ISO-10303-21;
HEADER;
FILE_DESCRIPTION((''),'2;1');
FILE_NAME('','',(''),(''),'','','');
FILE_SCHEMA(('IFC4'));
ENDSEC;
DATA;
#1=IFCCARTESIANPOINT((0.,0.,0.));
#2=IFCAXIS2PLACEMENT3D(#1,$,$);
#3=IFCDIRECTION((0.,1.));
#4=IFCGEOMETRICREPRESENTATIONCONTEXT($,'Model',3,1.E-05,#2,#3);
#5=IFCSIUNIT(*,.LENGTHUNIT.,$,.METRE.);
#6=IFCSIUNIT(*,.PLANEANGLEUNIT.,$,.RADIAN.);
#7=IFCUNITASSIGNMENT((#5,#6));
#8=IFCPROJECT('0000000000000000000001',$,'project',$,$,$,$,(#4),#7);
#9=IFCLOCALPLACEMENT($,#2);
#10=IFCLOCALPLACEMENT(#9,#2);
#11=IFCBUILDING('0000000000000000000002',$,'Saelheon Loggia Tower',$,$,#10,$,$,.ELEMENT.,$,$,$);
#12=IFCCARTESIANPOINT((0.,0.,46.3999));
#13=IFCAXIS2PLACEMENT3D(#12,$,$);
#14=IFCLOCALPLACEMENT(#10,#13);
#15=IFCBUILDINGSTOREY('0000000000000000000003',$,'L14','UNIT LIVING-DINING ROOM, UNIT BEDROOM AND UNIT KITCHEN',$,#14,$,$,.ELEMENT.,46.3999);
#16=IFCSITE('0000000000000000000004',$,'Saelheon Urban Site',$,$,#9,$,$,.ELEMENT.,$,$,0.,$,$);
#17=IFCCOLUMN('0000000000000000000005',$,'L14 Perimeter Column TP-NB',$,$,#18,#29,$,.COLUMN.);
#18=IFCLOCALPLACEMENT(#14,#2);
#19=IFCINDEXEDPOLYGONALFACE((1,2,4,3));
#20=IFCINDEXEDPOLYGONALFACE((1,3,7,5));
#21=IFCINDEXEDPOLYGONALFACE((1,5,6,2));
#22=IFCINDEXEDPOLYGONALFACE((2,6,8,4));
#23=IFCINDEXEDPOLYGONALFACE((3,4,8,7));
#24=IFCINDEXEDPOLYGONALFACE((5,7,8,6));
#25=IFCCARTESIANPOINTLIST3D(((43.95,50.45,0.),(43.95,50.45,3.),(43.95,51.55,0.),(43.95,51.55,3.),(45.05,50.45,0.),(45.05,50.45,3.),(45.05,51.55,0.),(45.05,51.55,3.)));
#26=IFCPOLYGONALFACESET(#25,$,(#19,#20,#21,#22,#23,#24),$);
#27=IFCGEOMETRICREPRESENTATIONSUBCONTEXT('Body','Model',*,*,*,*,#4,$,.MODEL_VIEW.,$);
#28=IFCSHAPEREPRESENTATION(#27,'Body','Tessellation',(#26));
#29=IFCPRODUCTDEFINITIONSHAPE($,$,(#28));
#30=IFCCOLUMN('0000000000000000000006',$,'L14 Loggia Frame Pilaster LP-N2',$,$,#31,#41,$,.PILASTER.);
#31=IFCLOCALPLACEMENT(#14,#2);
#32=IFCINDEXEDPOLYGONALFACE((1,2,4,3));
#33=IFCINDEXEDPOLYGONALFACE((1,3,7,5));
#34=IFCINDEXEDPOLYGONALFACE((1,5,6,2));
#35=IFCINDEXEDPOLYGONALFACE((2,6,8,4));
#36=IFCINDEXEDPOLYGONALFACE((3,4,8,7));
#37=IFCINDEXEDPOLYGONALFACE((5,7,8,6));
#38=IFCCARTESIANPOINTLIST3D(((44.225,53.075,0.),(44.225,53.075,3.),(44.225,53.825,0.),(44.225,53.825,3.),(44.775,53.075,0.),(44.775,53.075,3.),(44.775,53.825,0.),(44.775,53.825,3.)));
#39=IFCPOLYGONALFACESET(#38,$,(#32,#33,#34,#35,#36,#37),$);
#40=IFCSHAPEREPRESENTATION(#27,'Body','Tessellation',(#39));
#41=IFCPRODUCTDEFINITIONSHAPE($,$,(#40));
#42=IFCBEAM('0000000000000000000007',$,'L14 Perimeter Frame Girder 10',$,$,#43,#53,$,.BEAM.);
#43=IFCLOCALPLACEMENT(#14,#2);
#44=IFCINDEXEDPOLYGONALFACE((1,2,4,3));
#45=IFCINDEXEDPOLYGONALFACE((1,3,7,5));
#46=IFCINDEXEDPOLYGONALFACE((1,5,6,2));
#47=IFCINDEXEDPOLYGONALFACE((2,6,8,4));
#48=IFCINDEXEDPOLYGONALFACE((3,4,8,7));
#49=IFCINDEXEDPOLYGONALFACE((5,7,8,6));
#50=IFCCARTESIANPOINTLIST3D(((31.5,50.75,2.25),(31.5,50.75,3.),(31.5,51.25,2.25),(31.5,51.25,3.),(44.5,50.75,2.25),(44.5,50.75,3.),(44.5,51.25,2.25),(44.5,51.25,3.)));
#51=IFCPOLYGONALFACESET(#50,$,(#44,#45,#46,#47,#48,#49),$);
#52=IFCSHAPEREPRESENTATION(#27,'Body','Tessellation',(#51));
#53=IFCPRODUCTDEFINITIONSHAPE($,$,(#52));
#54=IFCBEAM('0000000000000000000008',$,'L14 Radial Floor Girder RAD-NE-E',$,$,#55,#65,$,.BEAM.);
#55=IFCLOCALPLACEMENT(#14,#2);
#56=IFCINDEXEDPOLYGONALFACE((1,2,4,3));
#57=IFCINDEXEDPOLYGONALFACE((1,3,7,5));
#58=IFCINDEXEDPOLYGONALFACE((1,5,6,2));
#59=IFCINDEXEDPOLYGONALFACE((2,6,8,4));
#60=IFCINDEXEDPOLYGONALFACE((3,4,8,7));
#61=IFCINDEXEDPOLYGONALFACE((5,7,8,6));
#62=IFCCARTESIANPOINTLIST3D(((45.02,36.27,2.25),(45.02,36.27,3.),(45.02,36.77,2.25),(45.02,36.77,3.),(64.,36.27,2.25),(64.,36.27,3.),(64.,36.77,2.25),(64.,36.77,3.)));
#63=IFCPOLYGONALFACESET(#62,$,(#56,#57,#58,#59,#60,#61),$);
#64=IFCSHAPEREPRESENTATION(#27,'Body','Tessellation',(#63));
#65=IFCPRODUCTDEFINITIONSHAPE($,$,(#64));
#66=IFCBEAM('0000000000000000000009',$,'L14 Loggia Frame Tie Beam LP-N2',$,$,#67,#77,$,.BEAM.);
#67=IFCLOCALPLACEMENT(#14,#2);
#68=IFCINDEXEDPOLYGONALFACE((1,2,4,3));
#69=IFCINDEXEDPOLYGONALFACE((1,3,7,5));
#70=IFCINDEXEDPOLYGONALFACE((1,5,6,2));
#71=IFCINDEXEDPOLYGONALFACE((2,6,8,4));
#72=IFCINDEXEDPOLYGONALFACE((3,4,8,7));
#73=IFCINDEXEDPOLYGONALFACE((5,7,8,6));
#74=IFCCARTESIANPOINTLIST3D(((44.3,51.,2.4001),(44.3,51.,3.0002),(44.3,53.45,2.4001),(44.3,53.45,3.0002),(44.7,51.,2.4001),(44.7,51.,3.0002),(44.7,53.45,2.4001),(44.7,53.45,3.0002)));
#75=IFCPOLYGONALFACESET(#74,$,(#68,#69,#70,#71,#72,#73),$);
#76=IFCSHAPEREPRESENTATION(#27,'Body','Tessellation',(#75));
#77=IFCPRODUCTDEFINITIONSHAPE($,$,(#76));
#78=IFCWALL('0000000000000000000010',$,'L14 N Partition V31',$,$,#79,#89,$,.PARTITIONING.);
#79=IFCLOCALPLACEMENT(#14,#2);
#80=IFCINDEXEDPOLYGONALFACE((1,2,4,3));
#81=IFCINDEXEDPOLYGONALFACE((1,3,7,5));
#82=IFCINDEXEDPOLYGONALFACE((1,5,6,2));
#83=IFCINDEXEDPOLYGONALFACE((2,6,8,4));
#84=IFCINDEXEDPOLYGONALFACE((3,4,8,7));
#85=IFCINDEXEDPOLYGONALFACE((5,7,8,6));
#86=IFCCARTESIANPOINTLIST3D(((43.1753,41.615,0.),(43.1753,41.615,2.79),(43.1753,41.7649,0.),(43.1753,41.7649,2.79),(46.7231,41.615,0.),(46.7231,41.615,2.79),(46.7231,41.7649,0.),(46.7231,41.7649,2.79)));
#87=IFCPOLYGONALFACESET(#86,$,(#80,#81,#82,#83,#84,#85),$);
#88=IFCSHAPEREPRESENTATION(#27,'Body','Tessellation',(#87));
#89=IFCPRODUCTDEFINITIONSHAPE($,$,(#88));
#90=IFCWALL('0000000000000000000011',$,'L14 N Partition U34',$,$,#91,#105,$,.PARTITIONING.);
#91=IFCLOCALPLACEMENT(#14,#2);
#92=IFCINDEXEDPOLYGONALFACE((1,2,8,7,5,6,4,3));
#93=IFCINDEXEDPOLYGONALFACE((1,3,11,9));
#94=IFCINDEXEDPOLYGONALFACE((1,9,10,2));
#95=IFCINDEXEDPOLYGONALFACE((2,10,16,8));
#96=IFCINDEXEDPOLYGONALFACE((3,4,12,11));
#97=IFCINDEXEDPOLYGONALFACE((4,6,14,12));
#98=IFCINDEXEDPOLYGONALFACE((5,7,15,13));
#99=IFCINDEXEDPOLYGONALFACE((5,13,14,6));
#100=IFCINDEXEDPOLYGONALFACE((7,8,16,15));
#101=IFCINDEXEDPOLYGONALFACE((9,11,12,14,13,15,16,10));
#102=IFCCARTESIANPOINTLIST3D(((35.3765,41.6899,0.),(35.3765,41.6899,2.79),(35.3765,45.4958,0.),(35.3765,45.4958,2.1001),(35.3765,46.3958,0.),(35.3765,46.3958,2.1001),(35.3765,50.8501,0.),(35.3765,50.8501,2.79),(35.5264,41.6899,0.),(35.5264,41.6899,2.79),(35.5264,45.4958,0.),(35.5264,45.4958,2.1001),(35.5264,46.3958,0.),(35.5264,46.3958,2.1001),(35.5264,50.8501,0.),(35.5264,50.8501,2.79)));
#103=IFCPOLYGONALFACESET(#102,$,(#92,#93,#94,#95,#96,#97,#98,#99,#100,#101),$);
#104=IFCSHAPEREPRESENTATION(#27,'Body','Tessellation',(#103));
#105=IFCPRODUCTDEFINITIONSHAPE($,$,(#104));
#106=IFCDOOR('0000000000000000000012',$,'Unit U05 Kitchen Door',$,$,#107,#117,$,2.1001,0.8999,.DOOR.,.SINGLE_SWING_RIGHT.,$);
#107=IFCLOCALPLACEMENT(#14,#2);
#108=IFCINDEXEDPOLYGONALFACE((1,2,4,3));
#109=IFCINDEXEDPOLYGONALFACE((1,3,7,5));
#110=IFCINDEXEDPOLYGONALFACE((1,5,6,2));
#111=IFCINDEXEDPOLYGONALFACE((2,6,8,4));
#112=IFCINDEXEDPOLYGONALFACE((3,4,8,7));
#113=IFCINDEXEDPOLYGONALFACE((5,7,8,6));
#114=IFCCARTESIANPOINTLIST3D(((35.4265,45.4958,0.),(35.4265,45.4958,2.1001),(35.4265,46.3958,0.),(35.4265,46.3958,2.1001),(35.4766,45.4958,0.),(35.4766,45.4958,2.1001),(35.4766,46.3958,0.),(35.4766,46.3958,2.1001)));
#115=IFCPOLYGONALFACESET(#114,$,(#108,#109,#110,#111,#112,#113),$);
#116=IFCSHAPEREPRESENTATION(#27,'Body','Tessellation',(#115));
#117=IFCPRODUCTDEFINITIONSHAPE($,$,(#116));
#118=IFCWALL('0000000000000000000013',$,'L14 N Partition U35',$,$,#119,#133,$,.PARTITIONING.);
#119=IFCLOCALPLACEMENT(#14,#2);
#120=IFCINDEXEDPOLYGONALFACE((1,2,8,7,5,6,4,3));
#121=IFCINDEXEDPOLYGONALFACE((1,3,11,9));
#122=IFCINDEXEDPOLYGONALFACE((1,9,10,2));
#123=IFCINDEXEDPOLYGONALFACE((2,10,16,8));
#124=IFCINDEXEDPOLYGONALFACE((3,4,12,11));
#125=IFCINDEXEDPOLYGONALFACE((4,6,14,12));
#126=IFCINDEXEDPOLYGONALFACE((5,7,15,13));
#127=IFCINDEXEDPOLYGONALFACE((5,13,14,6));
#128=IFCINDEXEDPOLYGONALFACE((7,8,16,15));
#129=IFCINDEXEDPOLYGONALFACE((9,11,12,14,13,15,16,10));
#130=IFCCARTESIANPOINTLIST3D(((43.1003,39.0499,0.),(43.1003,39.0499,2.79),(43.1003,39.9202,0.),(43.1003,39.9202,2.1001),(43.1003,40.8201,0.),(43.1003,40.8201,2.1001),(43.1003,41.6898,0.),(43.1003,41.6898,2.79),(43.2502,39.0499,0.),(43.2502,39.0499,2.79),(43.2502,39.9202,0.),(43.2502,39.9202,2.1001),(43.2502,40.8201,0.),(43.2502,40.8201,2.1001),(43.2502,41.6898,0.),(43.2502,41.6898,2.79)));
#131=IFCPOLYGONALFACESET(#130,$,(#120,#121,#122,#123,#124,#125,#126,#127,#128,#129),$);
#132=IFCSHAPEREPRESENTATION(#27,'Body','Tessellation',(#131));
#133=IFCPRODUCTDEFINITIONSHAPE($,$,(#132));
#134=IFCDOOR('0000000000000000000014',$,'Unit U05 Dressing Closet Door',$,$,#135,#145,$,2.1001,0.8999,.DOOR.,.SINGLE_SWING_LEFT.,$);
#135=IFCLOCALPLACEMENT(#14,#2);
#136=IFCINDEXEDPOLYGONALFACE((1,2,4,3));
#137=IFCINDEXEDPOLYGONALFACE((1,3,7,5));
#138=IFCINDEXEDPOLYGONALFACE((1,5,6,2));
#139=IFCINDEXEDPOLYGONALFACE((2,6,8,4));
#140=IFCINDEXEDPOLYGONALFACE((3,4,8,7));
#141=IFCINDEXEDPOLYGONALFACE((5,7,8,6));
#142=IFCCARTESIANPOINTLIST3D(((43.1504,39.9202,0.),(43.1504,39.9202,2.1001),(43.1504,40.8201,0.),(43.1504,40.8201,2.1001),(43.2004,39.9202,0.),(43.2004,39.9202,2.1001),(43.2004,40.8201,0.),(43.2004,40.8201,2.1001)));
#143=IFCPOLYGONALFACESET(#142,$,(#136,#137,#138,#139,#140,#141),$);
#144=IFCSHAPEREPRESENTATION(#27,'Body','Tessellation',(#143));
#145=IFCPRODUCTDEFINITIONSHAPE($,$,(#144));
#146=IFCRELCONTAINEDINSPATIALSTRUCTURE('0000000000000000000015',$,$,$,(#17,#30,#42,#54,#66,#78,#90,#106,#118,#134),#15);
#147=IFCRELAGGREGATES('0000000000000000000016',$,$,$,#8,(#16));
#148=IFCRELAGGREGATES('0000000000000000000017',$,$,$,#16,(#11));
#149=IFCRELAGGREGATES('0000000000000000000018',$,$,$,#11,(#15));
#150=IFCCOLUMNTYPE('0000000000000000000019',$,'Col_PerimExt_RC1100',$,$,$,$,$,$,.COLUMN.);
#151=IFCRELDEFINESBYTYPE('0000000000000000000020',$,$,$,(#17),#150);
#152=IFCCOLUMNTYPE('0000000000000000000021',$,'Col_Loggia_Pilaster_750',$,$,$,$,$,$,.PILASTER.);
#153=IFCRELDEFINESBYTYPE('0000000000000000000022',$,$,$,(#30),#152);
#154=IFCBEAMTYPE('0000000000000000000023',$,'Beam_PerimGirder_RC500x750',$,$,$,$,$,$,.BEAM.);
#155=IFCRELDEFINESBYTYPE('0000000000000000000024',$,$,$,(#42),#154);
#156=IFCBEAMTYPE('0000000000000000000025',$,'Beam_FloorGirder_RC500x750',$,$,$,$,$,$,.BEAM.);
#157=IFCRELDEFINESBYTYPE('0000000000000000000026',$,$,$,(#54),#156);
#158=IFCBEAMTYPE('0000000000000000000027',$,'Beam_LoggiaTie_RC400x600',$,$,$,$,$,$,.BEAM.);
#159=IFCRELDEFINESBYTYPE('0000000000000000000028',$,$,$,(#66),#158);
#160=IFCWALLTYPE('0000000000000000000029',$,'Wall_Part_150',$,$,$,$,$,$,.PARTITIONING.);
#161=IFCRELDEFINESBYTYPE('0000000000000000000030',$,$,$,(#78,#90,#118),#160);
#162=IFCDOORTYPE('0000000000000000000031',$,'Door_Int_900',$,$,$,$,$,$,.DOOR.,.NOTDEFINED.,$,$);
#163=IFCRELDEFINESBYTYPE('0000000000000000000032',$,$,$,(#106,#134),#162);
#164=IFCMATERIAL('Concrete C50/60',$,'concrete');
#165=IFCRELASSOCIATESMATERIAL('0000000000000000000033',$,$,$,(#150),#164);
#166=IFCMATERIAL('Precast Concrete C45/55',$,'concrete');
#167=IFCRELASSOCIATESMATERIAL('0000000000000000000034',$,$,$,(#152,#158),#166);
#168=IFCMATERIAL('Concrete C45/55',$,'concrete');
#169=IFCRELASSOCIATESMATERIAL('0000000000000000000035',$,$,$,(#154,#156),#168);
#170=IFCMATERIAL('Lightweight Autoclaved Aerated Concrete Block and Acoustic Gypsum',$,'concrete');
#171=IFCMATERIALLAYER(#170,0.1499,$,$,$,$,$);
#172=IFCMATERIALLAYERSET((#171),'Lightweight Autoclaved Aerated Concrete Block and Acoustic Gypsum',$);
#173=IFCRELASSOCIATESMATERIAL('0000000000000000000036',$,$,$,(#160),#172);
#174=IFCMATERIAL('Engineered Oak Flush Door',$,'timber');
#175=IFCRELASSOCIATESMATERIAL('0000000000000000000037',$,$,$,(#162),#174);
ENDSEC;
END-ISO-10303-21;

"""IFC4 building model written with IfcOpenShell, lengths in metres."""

from ifc_helpers import new_model, si_unit, direction, frame, frame_2d, origin, origin_2d, place, context, subcontext, project, spatial, rectangle, extrude, source, transform, mapped, material, layer, layer_set, material_profile, profile_set, type_object, element, fill, save


model = new_model("IFC4")

# Units and contexts
model_context = context("Model", 3, precision=1e-05, world=origin(), true_north=direction((0.0, 1.0)))
body_context = subcontext(model_context, "Body", "Model", "MODEL_VIEW")
ifc_project = project(units=[si_unit("LENGTHUNIT", "METRE"), si_unit("PLANEANGLEUNIT", "RADIAN")], contexts=[model_context])

# Site, building, storey
site_placement = place(None, origin())
site = spatial("IfcSite", under=ifc_project, at=site_placement, Name="Saelheon Urban Site", CompositionType="ELEMENT", RefElevation=0.0)
building_placement = place(site_placement, origin())
building = spatial("IfcBuilding", under=site, at=building_placement, Name="Saelheon Loggia Tower", CompositionType="ELEMENT")
storey_placement = place(building_placement, frame((0.0, 0.0, 46.3999)))
storey = spatial("IfcBuildingStorey", under=building, at=storey_placement, Name="L14", Description="UNIT LIVING-DINING ROOM, UNIT BEDROOM AND UNIT KITCHEN", CompositionType="ELEMENT", Elevation=46.3999)

# Columns
ifc_material_1 = material(Name="Concrete C50/60", Category="concrete")
ifc_material_profile_1 = material_profile(ifc_material_1, rectangle(XDim=1.1001, YDim=1.1001, at=origin_2d()), Name="RC-1100x1100")
ifc_profile_set_1 = profile_set([ifc_material_profile_1], Name="Concrete C50/60")
column_type_1 = type_object("IfcColumnType", Name="Col_PerimExt_RC1100", PredefinedType="COLUMN", material=ifc_profile_set_1)
shared_shape_1 = source(origin(), body_context, "Body", "SweptSolid", [
    extrude(rectangle(XDim=1.1001, YDim=1.1001, at=origin_2d()), origin(), (0.0, 0.0, 1.0), 3.0),
])
column_1_placement = place(storey_placement, frame((44.5, 51.0, 0.0), z_axis=(0.0, 0.0, 1.0), x_axis=(1.0, 0.0, 0.0)))
element("IfcColumn", 1, at=column_1_placement, inside=storey, type_object=column_type_1, Name="L14 Perimeter Column TP-NB", PredefinedType="COLUMN", context=body_context, shape_type="MappedRepresentation", body=[
    mapped(shared_shape_1, transform((0.0, 0.0, 0.0), scale=1.0)),
])
ifc_material_2 = material(Name="Precast Concrete C45/55", Category="concrete")
ifc_material_profile_2 = material_profile(ifc_material_2, rectangle(XDim=0.55, YDim=0.75, at=origin_2d()), Name="RC-550x750")
ifc_profile_set_2 = profile_set([ifc_material_profile_2], Name="Precast Concrete C45/55")
column_type_2 = type_object("IfcColumnType", Name="Col_Loggia_Pilaster_750", PredefinedType="PILASTER", material=ifc_profile_set_2)
shared_shape_2 = source(origin(), body_context, "Body", "SweptSolid", [
    extrude(rectangle(XDim=0.55, YDim=0.75, at=origin_2d()), origin(), (0.0, 0.0, 1.0), 3.0),
])
column_2_placement = place(storey_placement, frame((44.5, 53.45, 0.0), z_axis=(0.0, 0.0, 1.0), x_axis=(1.0, 0.0, 0.0)))
element("IfcColumn", 2, at=column_2_placement, inside=storey, type_object=column_type_2, Name="L14 Loggia Frame Pilaster LP-N2", PredefinedType="PILASTER", context=body_context, shape_type="MappedRepresentation", body=[
    mapped(shared_shape_2, transform((0.0, 0.0, 0.0), scale=1.0)),
])

# Beams
ifc_material_3 = material(Name="Concrete C45/55", Category="concrete")
ifc_material_profile_3 = material_profile(ifc_material_3, rectangle(XDim=0.5, YDim=0.75, at=origin_2d()), Name="RC-500x750")
ifc_profile_set_3 = profile_set([ifc_material_profile_3], Name="Concrete C45/55")
beam_type_1 = type_object("IfcBeamType", Name="Beam_PerimGirder_RC500x750", PredefinedType="BEAM", material=ifc_profile_set_3)
shared_shape_3 = source(origin(), body_context, "Body", "SweptSolid", [
    extrude(rectangle(XDim=0.5, YDim=0.75, at=origin_2d()), origin(), (0.0, 0.0, 1.0), 13.0),
])
beam_1_placement = place(storey_placement, frame((44.5, 51.0, 2.625), z_axis=(-1.0, 0.0, 0.0), x_axis=(0.0, -1.0, 0.0)))
element("IfcBeam", 3, at=beam_1_placement, inside=storey, type_object=beam_type_1, Name="L14 Perimeter Frame Girder 10", PredefinedType="BEAM", context=body_context, shape_type="MappedRepresentation", body=[
    mapped(shared_shape_3, transform((0.0, 0.0, 0.0), scale=1.0)),
])
ifc_material_profile_4 = material_profile(ifc_material_3, rectangle(XDim=0.5, YDim=0.75, at=origin_2d()), Name="RC-500x750")
ifc_profile_set_4 = profile_set([ifc_material_profile_4], Name="Concrete C45/55")
beam_type_2 = type_object("IfcBeamType", Name="Beam_FloorGirder_RC500x750", PredefinedType="BEAM", material=ifc_profile_set_4)
shared_shape_4 = source(origin(), body_context, "Body", "SweptSolid", [
    extrude(rectangle(XDim=0.5, YDim=0.75, at=origin_2d()), origin(), (0.0, 0.0, 1.0), 18.98),
])
beam_2_placement = place(storey_placement, frame((45.02, 36.52, 2.625), z_axis=(1.0, 0.0, 0.0), x_axis=(0.0, 1.0, 0.0)))
element("IfcBeam", 4, at=beam_2_placement, inside=storey, type_object=beam_type_2, Name="L14 Radial Floor Girder RAD-NE-E", PredefinedType="BEAM", context=body_context, shape_type="MappedRepresentation", body=[
    mapped(shared_shape_4, transform((0.0, 0.0, 0.0), scale=1.0)),
])
ifc_material_profile_5 = material_profile(ifc_material_2, rectangle(XDim=0.3999, YDim=0.6001, at=origin_2d()), Name="RC-400x600")
ifc_profile_set_5 = profile_set([ifc_material_profile_5], Name="Precast Concrete C45/55")
beam_type_3 = type_object("IfcBeamType", Name="Beam_LoggiaTie_RC400x600", PredefinedType="BEAM", material=ifc_profile_set_5)
shared_shape_5 = source(origin(), body_context, "Body", "SweptSolid", [
    extrude(rectangle(XDim=0.3999, YDim=0.6001, at=origin_2d()), origin(), (0.0, 0.0, 1.0), 2.45),
])
beam_3_placement = place(storey_placement, frame((44.5, 51.0, 2.7002), z_axis=(0.0, 1.0, 0.0), x_axis=(-1.0, 0.0, 0.0)))
element("IfcBeam", 5, at=beam_3_placement, inside=storey, type_object=beam_type_3, Name="L14 Loggia Frame Tie Beam LP-N2", PredefinedType="BEAM", context=body_context, shape_type="MappedRepresentation", body=[
    mapped(shared_shape_5, transform((0.0, 0.0, 0.0), scale=1.0)),
])

# Wall
ifc_material_4 = material(Name="Lightweight Autoclaved Aerated Concrete Block and Acoustic Gypsum", Category="concrete")
ifc_layer_1 = layer(ifc_material_4, 0.1499)
ifc_layer_set_1 = layer_set([ifc_layer_1], Name="Lightweight Autoclaved Aerated Concrete Block and Acoustic Gypsum")
wall_type_1 = type_object("IfcWallType", Name="Wall_Part_150", PredefinedType="PARTITIONING", material=ifc_layer_set_1)
wall_1_placement = place(storey_placement, frame((43.1753, 41.6899, 0.0), z_axis=(0.0, 0.0, 1.0), x_axis=(1.0, 0.0, 0.0)))
element("IfcWall", 6, at=wall_1_placement, inside=storey, type_object=wall_type_1, Name="L14 N Partition V31", PredefinedType="PARTITIONING", context=body_context, shape_type="SweptSolid", body=[
    extrude(rectangle(XDim=3.5479, YDim=0.1499, at=frame_2d((1.7739, 0.0))), origin(), (0.0, 0.0, 1.0), 2.79),
])

# Walls, openings, doors
wall_2_placement = place(storey_placement, frame((35.4514, 41.6899, 0.0), z_axis=(0.0, 0.0, 1.0), x_axis=(0.0, 1.0, 0.0)))
wall_2 = element("IfcWall", 7, at=wall_2_placement, inside=storey, type_object=wall_type_1, Name="L14 N Partition U34", PredefinedType="PARTITIONING", context=body_context, shape_type="SweptSolid", body=[
    extrude(rectangle(XDim=9.1602, YDim=0.1499, at=frame_2d((4.5801, 0.0))), origin(), (0.0, 0.0, 1.0), 2.79),
])
opening_1_placement = place(wall_2_placement, frame((3.8059, 0.0, 0.0)))
opening_1 = element("IfcOpeningElement", 8, at=opening_1_placement, cuts=wall_2, PredefinedType="OPENING", context=body_context, shape_type="SweptSolid", body=[
    extrude(rectangle(XDim=0.8999, YDim=2.1001, at=frame_2d((0.45, 1.05))), frame((0.0, 0.0869, 0.0), z_axis=(0.0, -1.0, 0.0), x_axis=(1.0, 0.0, 0.0)), (0.0, 0.0, 1.0), 0.1738),
])
ifc_material_5 = material(Name="Engineered Oak Flush Door", Category="timber")
door_type_1 = type_object("IfcDoorType", Name="Door_Int_900", OperationType="NOTDEFINED", PredefinedType="DOOR", material=ifc_material_5)
shared_shape_6 = source(origin(), body_context, "Body", "SweptSolid", [
    extrude(rectangle(XDim=0.8999, YDim=2.1001, at=frame_2d((0.45, 1.05))), frame((0.0, 0.0249, 0.0), z_axis=(0.0, -1.0, 0.0), x_axis=(1.0, 0.0, 0.0)), (0.0, 0.0, 1.0), 0.05),
])
door_1_placement = place(opening_1_placement, origin())
door_1 = element("IfcDoor", 9, at=door_1_placement, inside=storey, type_object=door_type_1, Name="Unit U05 Kitchen Door", OperationType="SINGLE_SWING_RIGHT", OverallHeight=2.1001, OverallWidth=0.8999, PredefinedType="DOOR", context=body_context, shape_type="MappedRepresentation", body=[
    mapped(shared_shape_6, transform((0.0, 0.0, 0.0), scale=1.0)),
])
fill(opening_1, door_1)
wall_3_placement = place(storey_placement, frame((43.1753, 39.05, 0.0), z_axis=(0.0, 0.0, 1.0), x_axis=(0.0, 1.0, 0.0)))
wall_3 = element("IfcWall", 10, at=wall_3_placement, inside=storey, type_object=wall_type_1, Name="L14 N Partition U35", PredefinedType="PARTITIONING", context=body_context, shape_type="SweptSolid", body=[
    extrude(rectangle(XDim=2.6399, YDim=0.1499, at=frame_2d((1.3198, 0.0))), origin(), (0.0, 0.0, 1.0), 2.79),
])
opening_2_placement = place(wall_3_placement, frame((0.8701, 0.0, 0.0)))
opening_2 = element("IfcOpeningElement", 11, at=opening_2_placement, cuts=wall_3, PredefinedType="OPENING", context=body_context, shape_type="SweptSolid", body=[
    extrude(rectangle(XDim=0.8999, YDim=2.1001, at=frame_2d((0.45, 1.05))), frame((0.0, 0.0869, 0.0), z_axis=(0.0, -1.0, 0.0), x_axis=(1.0, 0.0, 0.0)), (0.0, 0.0, 1.0), 0.1738),
])
door_2_placement = place(opening_2_placement, origin())
door_2 = element("IfcDoor", 12, at=door_2_placement, inside=storey, type_object=door_type_1, Name="Unit U05 Dressing Closet Door", OperationType="SINGLE_SWING_LEFT", OverallHeight=2.1001, OverallWidth=0.8999, PredefinedType="DOOR", context=body_context, shape_type="MappedRepresentation", body=[
    mapped(shared_shape_6, transform((0.0, 0.0, 0.0), scale=1.0)),
])
fill(opening_2, door_2)

save(model, "model.ifc")
